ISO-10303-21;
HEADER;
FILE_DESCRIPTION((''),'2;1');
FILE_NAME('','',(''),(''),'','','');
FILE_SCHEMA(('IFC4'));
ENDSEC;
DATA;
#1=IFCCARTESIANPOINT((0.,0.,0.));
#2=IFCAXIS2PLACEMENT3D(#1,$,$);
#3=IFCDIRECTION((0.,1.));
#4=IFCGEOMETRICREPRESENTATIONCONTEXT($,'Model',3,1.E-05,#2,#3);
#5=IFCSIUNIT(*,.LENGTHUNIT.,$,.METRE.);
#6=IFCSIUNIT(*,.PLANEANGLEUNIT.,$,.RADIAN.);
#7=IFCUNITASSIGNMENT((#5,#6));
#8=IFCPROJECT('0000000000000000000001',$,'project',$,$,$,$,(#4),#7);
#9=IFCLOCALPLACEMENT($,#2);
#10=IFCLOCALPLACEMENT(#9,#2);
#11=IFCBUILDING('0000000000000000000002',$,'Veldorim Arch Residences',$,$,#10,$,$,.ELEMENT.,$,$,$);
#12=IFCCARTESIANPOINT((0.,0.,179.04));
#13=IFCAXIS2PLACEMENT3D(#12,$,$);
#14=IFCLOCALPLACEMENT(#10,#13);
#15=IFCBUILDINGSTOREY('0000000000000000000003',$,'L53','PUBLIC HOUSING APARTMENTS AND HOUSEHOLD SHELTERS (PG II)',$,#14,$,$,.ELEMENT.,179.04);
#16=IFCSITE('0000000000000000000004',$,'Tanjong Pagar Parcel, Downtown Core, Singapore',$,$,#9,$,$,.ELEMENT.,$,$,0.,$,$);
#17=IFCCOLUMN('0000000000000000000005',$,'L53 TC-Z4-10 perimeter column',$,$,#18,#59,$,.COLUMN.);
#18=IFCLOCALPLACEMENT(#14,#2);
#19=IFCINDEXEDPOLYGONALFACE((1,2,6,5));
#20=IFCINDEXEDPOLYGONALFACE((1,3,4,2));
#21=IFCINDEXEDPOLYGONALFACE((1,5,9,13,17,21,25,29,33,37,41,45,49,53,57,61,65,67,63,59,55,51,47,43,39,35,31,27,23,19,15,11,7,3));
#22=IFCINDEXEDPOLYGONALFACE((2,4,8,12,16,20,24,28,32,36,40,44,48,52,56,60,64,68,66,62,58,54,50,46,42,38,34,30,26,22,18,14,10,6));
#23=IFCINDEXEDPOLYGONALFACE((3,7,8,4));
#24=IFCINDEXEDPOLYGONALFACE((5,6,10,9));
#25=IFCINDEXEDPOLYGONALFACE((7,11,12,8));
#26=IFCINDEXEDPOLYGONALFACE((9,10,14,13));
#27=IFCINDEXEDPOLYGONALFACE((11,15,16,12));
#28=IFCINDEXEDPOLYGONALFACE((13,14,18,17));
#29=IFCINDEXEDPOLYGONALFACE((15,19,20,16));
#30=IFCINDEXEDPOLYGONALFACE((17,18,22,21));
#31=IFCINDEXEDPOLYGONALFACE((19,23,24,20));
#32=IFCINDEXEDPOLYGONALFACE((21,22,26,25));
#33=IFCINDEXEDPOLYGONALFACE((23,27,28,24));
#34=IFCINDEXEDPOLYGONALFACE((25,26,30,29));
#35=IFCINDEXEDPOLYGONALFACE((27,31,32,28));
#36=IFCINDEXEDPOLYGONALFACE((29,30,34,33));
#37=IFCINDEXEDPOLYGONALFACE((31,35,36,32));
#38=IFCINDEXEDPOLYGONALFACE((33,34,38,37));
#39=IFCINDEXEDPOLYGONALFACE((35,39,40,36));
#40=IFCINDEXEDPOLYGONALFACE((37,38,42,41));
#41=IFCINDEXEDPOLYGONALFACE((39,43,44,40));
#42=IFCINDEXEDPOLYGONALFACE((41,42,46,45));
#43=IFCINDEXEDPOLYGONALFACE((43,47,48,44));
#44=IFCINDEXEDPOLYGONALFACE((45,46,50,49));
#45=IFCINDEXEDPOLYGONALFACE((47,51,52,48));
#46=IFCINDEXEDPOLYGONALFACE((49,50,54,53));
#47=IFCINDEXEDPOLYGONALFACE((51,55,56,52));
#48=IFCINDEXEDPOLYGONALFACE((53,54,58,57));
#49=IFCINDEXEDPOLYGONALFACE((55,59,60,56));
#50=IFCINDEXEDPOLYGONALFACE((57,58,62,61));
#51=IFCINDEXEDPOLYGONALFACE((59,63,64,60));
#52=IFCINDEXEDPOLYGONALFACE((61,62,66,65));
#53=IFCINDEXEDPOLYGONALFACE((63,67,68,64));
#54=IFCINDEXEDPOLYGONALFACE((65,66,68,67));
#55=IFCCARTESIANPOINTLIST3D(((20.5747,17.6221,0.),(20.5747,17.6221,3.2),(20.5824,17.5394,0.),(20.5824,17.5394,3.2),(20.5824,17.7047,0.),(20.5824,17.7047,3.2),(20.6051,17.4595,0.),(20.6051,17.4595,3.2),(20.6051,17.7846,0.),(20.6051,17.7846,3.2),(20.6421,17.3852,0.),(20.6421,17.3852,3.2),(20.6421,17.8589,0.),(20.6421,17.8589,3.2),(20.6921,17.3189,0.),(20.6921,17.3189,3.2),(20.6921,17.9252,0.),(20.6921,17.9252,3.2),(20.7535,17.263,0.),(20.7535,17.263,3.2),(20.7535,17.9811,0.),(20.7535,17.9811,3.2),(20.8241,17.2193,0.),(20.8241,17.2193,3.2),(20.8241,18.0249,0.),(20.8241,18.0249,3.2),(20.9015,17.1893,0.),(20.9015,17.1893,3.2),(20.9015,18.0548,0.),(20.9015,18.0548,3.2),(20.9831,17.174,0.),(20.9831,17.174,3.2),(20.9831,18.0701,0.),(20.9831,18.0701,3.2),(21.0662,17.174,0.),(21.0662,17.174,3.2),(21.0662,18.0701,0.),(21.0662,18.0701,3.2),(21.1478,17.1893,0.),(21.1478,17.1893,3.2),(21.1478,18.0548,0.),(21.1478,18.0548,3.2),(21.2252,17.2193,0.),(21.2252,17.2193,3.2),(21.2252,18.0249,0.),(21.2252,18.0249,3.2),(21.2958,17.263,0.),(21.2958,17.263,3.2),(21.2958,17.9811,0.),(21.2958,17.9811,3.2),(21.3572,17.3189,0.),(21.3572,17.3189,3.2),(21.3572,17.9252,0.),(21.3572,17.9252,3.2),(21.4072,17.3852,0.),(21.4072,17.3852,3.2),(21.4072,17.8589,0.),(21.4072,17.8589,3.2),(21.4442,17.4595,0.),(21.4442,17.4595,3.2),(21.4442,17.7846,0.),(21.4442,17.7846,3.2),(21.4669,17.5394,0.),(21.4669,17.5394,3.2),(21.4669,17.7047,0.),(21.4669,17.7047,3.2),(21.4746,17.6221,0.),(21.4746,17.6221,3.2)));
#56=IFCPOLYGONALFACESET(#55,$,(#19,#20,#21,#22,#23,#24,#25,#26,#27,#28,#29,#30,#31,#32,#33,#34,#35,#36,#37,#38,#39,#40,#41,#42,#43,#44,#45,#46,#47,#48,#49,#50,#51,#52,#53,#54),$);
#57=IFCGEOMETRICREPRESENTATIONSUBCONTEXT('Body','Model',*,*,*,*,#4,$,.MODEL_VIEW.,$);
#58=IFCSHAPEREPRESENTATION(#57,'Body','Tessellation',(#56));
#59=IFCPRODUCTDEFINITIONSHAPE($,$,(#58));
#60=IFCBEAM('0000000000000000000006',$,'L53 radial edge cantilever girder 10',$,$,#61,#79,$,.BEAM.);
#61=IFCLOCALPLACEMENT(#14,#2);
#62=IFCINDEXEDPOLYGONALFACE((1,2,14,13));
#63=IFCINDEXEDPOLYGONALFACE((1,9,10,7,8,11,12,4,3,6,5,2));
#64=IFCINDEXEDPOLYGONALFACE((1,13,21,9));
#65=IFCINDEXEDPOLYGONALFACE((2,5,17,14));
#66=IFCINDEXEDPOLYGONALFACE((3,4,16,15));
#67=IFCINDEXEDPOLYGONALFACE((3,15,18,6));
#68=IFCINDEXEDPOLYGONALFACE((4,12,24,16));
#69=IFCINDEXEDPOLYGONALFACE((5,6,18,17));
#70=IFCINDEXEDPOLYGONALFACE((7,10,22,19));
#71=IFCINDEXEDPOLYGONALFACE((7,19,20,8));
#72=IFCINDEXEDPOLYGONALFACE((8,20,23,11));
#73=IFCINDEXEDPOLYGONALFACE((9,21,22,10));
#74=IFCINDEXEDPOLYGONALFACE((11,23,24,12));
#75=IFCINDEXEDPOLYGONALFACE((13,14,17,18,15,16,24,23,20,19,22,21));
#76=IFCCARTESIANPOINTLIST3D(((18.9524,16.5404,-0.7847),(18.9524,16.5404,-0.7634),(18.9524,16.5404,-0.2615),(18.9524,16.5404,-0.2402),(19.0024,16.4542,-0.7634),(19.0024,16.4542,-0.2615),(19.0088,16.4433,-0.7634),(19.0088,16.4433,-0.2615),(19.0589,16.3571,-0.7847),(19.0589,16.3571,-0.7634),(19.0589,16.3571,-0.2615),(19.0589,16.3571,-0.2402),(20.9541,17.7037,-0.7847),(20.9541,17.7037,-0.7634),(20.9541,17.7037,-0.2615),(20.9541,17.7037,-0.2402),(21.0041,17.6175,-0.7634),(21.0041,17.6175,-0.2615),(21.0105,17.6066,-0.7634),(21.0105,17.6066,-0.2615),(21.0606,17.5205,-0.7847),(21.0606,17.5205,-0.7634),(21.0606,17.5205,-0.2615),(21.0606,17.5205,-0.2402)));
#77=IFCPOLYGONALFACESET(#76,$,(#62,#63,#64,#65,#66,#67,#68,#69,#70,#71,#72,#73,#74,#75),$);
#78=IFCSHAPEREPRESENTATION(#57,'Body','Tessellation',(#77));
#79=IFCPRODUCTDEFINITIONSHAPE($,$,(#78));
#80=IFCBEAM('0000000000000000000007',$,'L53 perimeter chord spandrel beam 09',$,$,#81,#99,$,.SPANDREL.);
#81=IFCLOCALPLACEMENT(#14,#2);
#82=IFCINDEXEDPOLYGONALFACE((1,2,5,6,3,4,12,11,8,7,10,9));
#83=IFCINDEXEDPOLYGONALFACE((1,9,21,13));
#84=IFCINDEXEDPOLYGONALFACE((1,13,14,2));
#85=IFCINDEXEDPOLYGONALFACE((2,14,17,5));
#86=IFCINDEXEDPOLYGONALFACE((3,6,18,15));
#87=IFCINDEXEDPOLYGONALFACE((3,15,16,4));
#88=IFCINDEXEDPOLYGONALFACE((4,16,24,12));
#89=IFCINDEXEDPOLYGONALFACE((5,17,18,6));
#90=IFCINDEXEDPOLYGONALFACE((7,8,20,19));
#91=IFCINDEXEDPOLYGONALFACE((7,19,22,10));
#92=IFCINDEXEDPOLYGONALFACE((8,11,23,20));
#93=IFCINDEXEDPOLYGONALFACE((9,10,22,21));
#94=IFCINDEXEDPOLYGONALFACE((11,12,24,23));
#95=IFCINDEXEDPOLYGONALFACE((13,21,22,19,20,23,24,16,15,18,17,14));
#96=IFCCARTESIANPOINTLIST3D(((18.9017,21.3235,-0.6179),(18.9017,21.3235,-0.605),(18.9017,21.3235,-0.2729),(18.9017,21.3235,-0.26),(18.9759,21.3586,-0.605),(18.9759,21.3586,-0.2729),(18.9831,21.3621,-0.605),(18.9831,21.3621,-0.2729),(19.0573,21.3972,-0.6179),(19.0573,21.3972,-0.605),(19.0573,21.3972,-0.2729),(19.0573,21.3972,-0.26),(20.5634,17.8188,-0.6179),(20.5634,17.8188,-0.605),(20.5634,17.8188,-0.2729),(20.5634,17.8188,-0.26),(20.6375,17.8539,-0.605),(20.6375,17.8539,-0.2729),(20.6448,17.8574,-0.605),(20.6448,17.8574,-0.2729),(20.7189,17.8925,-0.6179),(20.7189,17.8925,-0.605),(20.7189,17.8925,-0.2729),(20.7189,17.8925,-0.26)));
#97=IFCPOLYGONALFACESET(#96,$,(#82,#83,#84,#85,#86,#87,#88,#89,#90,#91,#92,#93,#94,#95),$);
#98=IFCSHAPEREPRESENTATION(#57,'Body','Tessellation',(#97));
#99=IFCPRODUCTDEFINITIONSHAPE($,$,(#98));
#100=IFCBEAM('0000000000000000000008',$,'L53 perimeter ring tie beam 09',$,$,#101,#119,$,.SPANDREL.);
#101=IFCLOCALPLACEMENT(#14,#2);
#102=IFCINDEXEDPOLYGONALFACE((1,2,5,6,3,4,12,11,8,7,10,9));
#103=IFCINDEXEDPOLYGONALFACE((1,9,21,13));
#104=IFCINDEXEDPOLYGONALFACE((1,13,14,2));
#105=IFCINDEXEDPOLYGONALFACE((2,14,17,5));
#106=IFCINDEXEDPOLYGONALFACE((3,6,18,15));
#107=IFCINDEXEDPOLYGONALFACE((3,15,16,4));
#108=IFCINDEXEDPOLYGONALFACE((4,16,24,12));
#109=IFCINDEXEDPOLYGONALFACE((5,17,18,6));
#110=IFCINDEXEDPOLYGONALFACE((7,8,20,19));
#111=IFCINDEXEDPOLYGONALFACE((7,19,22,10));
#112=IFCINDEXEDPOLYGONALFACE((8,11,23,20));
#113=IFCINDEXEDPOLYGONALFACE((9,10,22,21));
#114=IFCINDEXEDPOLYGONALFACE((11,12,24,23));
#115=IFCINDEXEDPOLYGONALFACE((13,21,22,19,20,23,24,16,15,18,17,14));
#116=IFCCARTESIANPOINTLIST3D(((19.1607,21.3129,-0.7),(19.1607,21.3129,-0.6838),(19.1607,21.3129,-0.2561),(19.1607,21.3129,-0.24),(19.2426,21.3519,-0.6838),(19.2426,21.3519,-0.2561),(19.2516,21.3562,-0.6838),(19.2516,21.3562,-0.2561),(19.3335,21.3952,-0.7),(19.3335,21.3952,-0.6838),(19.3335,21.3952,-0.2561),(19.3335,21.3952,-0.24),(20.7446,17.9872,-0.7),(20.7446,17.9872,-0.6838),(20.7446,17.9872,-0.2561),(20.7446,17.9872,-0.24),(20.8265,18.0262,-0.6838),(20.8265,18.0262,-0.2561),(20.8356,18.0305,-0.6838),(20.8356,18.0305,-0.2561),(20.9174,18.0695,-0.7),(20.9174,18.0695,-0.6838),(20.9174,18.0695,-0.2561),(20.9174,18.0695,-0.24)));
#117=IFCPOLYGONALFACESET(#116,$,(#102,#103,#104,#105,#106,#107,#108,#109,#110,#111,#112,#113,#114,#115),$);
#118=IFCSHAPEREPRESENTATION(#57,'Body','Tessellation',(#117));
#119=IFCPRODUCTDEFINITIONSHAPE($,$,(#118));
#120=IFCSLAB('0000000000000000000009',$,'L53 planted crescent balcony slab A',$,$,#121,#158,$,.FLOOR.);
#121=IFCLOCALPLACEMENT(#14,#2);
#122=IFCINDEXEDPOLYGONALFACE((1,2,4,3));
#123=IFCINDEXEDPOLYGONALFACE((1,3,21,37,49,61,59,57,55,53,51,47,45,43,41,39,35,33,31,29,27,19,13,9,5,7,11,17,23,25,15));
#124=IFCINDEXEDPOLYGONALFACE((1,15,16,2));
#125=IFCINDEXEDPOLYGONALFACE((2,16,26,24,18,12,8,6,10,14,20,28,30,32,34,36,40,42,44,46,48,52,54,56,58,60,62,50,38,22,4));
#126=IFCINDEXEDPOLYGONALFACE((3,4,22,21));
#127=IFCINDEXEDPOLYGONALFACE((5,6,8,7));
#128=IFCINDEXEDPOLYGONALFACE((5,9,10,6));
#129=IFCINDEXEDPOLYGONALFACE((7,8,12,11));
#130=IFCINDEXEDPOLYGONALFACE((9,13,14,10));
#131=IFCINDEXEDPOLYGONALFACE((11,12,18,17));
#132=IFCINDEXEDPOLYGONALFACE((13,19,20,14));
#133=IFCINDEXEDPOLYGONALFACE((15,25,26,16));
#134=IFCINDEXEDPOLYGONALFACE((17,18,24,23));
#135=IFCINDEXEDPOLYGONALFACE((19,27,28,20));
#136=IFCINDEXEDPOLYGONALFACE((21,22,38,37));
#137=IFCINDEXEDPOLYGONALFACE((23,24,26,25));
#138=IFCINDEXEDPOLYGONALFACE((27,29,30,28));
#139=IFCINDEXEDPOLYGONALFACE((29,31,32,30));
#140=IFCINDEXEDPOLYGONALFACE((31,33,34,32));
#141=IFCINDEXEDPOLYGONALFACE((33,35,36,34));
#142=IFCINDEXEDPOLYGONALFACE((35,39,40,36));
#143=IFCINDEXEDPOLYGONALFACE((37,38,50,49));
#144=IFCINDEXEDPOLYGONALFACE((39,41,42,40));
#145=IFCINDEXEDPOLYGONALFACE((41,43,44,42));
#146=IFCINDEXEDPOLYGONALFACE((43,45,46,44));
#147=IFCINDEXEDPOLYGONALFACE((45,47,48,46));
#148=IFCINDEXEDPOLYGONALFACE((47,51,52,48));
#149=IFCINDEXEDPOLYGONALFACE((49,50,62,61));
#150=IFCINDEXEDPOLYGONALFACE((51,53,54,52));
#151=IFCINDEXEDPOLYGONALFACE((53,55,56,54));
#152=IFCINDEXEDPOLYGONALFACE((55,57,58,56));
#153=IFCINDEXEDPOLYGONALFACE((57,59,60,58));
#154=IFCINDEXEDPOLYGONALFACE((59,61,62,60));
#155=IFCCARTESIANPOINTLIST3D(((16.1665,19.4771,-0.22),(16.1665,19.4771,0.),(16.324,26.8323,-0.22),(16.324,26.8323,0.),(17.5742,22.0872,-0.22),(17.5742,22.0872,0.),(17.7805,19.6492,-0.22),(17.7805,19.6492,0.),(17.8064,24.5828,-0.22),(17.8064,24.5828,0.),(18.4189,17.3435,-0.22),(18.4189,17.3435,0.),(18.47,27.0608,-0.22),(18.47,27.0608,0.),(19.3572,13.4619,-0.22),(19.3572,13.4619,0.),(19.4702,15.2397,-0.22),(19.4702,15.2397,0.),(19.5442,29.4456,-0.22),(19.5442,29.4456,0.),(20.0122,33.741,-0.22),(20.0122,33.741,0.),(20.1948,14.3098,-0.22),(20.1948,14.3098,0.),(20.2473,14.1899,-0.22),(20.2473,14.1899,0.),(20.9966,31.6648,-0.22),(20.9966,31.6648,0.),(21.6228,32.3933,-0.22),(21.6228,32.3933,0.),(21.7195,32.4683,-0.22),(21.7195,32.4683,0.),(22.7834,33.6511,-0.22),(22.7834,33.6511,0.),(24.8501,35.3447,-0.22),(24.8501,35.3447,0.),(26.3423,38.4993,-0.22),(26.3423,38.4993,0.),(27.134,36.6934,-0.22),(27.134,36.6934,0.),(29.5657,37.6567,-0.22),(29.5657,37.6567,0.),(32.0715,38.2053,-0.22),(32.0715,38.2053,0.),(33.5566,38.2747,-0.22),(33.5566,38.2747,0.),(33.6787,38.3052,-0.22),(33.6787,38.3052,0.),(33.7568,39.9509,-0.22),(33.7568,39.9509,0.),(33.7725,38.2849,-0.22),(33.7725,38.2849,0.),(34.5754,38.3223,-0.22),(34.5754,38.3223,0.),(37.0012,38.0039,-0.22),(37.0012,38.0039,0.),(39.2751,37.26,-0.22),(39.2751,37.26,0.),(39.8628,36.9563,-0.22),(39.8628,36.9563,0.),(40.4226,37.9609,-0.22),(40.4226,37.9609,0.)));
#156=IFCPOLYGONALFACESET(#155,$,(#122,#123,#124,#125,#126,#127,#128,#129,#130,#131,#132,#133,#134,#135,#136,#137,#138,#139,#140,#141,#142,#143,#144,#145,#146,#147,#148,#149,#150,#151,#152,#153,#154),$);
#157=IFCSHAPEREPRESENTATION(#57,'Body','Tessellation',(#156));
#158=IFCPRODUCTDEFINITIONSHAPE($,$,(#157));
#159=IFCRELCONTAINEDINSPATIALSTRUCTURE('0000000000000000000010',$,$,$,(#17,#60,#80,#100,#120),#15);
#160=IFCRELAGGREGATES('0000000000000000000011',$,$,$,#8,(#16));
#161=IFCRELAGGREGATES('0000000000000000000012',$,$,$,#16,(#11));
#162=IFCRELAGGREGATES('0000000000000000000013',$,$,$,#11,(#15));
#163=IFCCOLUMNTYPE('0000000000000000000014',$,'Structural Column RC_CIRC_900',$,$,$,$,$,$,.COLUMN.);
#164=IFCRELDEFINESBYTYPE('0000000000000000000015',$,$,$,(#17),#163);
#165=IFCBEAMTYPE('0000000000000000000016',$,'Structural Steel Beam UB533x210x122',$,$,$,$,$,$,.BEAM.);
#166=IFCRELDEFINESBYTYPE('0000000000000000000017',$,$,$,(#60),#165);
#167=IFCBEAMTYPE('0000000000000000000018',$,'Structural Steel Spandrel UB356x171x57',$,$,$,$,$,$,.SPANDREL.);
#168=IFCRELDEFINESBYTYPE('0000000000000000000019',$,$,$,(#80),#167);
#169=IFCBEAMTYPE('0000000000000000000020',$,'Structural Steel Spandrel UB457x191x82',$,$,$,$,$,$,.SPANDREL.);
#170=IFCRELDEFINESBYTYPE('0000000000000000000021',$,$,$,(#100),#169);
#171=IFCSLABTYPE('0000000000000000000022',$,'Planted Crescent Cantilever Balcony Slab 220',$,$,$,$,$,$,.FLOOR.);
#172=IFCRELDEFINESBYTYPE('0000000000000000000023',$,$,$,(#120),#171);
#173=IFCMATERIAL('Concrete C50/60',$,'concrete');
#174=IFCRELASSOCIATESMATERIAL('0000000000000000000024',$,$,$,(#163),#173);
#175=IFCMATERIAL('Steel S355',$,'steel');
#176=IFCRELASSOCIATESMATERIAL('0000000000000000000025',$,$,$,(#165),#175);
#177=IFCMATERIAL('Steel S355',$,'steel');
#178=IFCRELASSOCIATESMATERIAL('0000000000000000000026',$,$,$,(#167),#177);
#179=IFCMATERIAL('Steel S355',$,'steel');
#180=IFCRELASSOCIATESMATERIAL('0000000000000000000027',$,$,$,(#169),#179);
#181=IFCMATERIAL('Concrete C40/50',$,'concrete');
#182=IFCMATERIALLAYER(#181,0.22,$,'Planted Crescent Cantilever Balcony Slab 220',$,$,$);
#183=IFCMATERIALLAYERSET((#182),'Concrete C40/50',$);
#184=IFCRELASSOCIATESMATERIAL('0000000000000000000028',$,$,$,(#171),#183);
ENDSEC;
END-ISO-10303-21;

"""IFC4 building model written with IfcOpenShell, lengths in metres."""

from ifc_helpers import new_model, si_unit, direction, frame, origin, origin_2d, place, context, subcontext, project, spatial, polyline, circle, i_section, outline, extrude, material, layer, layer_set, material_profile, profile_set, type_object, element, save


model = new_model("IFC4")

# Units and contexts
model_context = context("Model", 3, precision=1e-05, world=origin(), true_north=direction((0.0, 1.0)))
body_context = subcontext(model_context, "Body", "Model", "MODEL_VIEW")
ifc_project = project(units=[si_unit("LENGTHUNIT", "METRE"), si_unit("PLANEANGLEUNIT", "RADIAN")], contexts=[model_context])

# Site, building, storey
site_placement = place(None, origin())
site = spatial("IfcSite", under=ifc_project, at=site_placement, Name="Tanjong Pagar Parcel, Downtown Core, Singapore", CompositionType="ELEMENT", RefElevation=0.0)
building_placement = place(site_placement, origin())
building = spatial("IfcBuilding", under=site, at=building_placement, Name="Veldorim Arch Residences", CompositionType="ELEMENT")
storey_placement = place(building_placement, frame((0.0, 0.0, 179.04)))
storey = spatial("IfcBuildingStorey", under=building, at=storey_placement, Name="L53", Description="PUBLIC HOUSING APARTMENTS AND HOUSEHOLD SHELTERS (PG II)", CompositionType="ELEMENT", Elevation=179.04)

# Column
ifc_material_1 = material(Name="Concrete C50/60", Category="concrete")
ifc_material_profile_1 = material_profile(ifc_material_1, circle(Radius=0.45, at=origin_2d()), Name="RC_CIRC_900")
ifc_profile_set_1 = profile_set([ifc_material_profile_1], Name="Concrete C50/60")
column_type = type_object("IfcColumnType", Name="Structural Column RC_CIRC_900", PredefinedType="COLUMN", material=ifc_profile_set_1)
column_placement = place(storey_placement, frame((21.0247, 17.6221, 0.0), z_axis=(0.0, 0.0, 1.0), x_axis=(1.0, 0.0, 0.0)))
element("IfcColumn", 1, at=column_placement, inside=storey, type_object=column_type, Name="L53 TC-Z4-10 perimeter column", PredefinedType="COLUMN", context=body_context, shape_type="SweptSolid", body=[
    extrude(circle(Radius=0.45, at=origin_2d()), origin(), (0.0, 0.0, 1.0), 3.2),
])

# Beams
ifc_material_2 = material(Name="Steel S355", Category="steel")
ifc_material_profile_2 = material_profile(ifc_material_2, i_section(OverallWidth=0.2119, OverallDepth=0.5444, WebThickness=0.0127, FlangeThickness=0.0212, at=origin_2d()), Name="UB533x210x122")
ifc_profile_set_2 = profile_set([ifc_material_profile_2], Name="Steel S355")
beam_type_1 = type_object("IfcBeamType", Name="Structural Steel Beam UB533x210x122", PredefinedType="BEAM", material=ifc_profile_set_2)
beam_1_placement = place(storey_placement, frame((21.0073, 17.6121, -0.5125), z_axis=(-0.864592, -0.502474, 0.0), x_axis=(0.502474, -0.864592, 0.0)))
element("IfcBeam", 2, at=beam_1_placement, inside=storey, type_object=beam_type_1, Name="L53 radial edge cantilever girder 10", PredefinedType="BEAM", context=body_context, shape_type="SweptSolid", body=[
    extrude(i_section(OverallWidth=0.2119, OverallDepth=0.5444, WebThickness=0.0127, FlangeThickness=0.0212, at=origin_2d()), origin(), (0.0, 0.0, 1.0), 2.3152),
])
ifc_material_3 = material(Name="Steel S355", Category="steel")
ifc_material_profile_3 = material_profile(ifc_material_3, i_section(OverallWidth=0.1721, OverallDepth=0.3579, WebThickness=0.0081, FlangeThickness=0.0129, at=origin_2d()), Name="UB356x171x57")
ifc_profile_set_3 = profile_set([ifc_material_profile_3], Name="Steel S355")
beam_type_2 = type_object("IfcBeamType", Name="Structural Steel Spandrel UB356x171x57", PredefinedType="SPANDREL", material=ifc_profile_set_3)
beam_2_placement = place(storey_placement, frame((18.9795, 21.3604, -0.439), z_axis=(0.428408, -0.903585, 0.0), x_axis=(0.903585, 0.428408, 0.0)))
element("IfcBeam", 3, at=beam_2_placement, inside=storey, type_object=beam_type_2, Name="L53 perimeter chord spandrel beam 09", PredefinedType="SPANDREL", context=body_context, shape_type="SweptSolid", body=[
    extrude(i_section(OverallWidth=0.1721, OverallDepth=0.3579, WebThickness=0.0081, FlangeThickness=0.0129, at=origin_2d()), origin(), (0.0, 0.0, 1.0), 3.8787),
])
ifc_material_4 = material(Name="Steel S355", Category="steel")
ifc_material_profile_4 = material_profile(ifc_material_4, i_section(OverallWidth=0.1914, OverallDepth=0.46, WebThickness=0.01, FlangeThickness=0.0161, at=origin_2d()), Name="UB457x191x82")
ifc_profile_set_4 = profile_set([ifc_material_profile_4], Name="Steel S355")
beam_type_3 = type_object("IfcBeamType", Name="Structural Steel Spandrel UB457x191x82", PredefinedType="SPANDREL", material=ifc_profile_set_4)
beam_3_placement = place(storey_placement, frame((19.2471, 21.354, -0.47), z_axis=(0.430006, -0.902826, 0.0), x_axis=(0.902826, 0.430006, 0.0)))
element("IfcBeam", 4, at=beam_3_placement, inside=storey, type_object=beam_type_3, Name="L53 perimeter ring tie beam 09", PredefinedType="SPANDREL", context=body_context, shape_type="SweptSolid", body=[
    extrude(i_section(OverallWidth=0.1914, OverallDepth=0.46, WebThickness=0.01, FlangeThickness=0.0161, at=origin_2d()), origin(), (0.0, 0.0, 1.0), 3.6836),
])

# Slab
ifc_material_5 = material(Name="Concrete C40/50", Category="concrete")
ifc_layer_1 = layer(ifc_material_5, 0.22, Name="Planted Crescent Cantilever Balcony Slab 220")
ifc_layer_set_1 = layer_set([ifc_layer_1], Name="Concrete C40/50")
slab_type_1 = type_object("IfcSlabType", Name="Planted Crescent Cantilever Balcony Slab 220", PredefinedType="FLOOR", material=ifc_layer_set_1)
slab_1_placement = place(storey_placement, frame((0.0, 0.0, -0.22)))
element("IfcSlab", 5, at=slab_1_placement, inside=storey, type_object=slab_type_1, Name="L53 planted crescent balcony slab A", PredefinedType="FLOOR", context=body_context, shape_type="SweptSolid", body=[
    extrude(outline(polyline([(39.8628, 36.9563), (39.2751, 37.26), (37.0012, 38.0039), (34.5754, 38.3223), (33.7725, 38.2849), (33.6787, 38.3052), (33.5566, 38.2747), (32.0715, 38.2053), (29.5657, 37.6567), (27.134, 36.6934), (24.8501, 35.3447), (22.7834, 33.6511), (21.7195, 32.4683), (21.6228, 32.3933), (20.9966, 31.6648), (19.5442, 29.4456), (18.47, 27.0608), (17.8064, 24.5828), (17.5742, 22.0872), (17.7805, 19.6492), (18.4189, 17.3435), (19.4702, 15.2397), (20.1948, 14.3098), (20.2473, 14.1899), (19.3572, 13.4619), (16.1665, 19.4771), (16.324, 26.8323), (20.0122, 33.741), (26.3423, 38.4993), (33.7568, 39.9509), (40.4226, 37.9609), (39.8628, 36.9563)])), origin(), (0.0, 0.0, 1.0), 0.22),
])

save(model, "model.ifc")
